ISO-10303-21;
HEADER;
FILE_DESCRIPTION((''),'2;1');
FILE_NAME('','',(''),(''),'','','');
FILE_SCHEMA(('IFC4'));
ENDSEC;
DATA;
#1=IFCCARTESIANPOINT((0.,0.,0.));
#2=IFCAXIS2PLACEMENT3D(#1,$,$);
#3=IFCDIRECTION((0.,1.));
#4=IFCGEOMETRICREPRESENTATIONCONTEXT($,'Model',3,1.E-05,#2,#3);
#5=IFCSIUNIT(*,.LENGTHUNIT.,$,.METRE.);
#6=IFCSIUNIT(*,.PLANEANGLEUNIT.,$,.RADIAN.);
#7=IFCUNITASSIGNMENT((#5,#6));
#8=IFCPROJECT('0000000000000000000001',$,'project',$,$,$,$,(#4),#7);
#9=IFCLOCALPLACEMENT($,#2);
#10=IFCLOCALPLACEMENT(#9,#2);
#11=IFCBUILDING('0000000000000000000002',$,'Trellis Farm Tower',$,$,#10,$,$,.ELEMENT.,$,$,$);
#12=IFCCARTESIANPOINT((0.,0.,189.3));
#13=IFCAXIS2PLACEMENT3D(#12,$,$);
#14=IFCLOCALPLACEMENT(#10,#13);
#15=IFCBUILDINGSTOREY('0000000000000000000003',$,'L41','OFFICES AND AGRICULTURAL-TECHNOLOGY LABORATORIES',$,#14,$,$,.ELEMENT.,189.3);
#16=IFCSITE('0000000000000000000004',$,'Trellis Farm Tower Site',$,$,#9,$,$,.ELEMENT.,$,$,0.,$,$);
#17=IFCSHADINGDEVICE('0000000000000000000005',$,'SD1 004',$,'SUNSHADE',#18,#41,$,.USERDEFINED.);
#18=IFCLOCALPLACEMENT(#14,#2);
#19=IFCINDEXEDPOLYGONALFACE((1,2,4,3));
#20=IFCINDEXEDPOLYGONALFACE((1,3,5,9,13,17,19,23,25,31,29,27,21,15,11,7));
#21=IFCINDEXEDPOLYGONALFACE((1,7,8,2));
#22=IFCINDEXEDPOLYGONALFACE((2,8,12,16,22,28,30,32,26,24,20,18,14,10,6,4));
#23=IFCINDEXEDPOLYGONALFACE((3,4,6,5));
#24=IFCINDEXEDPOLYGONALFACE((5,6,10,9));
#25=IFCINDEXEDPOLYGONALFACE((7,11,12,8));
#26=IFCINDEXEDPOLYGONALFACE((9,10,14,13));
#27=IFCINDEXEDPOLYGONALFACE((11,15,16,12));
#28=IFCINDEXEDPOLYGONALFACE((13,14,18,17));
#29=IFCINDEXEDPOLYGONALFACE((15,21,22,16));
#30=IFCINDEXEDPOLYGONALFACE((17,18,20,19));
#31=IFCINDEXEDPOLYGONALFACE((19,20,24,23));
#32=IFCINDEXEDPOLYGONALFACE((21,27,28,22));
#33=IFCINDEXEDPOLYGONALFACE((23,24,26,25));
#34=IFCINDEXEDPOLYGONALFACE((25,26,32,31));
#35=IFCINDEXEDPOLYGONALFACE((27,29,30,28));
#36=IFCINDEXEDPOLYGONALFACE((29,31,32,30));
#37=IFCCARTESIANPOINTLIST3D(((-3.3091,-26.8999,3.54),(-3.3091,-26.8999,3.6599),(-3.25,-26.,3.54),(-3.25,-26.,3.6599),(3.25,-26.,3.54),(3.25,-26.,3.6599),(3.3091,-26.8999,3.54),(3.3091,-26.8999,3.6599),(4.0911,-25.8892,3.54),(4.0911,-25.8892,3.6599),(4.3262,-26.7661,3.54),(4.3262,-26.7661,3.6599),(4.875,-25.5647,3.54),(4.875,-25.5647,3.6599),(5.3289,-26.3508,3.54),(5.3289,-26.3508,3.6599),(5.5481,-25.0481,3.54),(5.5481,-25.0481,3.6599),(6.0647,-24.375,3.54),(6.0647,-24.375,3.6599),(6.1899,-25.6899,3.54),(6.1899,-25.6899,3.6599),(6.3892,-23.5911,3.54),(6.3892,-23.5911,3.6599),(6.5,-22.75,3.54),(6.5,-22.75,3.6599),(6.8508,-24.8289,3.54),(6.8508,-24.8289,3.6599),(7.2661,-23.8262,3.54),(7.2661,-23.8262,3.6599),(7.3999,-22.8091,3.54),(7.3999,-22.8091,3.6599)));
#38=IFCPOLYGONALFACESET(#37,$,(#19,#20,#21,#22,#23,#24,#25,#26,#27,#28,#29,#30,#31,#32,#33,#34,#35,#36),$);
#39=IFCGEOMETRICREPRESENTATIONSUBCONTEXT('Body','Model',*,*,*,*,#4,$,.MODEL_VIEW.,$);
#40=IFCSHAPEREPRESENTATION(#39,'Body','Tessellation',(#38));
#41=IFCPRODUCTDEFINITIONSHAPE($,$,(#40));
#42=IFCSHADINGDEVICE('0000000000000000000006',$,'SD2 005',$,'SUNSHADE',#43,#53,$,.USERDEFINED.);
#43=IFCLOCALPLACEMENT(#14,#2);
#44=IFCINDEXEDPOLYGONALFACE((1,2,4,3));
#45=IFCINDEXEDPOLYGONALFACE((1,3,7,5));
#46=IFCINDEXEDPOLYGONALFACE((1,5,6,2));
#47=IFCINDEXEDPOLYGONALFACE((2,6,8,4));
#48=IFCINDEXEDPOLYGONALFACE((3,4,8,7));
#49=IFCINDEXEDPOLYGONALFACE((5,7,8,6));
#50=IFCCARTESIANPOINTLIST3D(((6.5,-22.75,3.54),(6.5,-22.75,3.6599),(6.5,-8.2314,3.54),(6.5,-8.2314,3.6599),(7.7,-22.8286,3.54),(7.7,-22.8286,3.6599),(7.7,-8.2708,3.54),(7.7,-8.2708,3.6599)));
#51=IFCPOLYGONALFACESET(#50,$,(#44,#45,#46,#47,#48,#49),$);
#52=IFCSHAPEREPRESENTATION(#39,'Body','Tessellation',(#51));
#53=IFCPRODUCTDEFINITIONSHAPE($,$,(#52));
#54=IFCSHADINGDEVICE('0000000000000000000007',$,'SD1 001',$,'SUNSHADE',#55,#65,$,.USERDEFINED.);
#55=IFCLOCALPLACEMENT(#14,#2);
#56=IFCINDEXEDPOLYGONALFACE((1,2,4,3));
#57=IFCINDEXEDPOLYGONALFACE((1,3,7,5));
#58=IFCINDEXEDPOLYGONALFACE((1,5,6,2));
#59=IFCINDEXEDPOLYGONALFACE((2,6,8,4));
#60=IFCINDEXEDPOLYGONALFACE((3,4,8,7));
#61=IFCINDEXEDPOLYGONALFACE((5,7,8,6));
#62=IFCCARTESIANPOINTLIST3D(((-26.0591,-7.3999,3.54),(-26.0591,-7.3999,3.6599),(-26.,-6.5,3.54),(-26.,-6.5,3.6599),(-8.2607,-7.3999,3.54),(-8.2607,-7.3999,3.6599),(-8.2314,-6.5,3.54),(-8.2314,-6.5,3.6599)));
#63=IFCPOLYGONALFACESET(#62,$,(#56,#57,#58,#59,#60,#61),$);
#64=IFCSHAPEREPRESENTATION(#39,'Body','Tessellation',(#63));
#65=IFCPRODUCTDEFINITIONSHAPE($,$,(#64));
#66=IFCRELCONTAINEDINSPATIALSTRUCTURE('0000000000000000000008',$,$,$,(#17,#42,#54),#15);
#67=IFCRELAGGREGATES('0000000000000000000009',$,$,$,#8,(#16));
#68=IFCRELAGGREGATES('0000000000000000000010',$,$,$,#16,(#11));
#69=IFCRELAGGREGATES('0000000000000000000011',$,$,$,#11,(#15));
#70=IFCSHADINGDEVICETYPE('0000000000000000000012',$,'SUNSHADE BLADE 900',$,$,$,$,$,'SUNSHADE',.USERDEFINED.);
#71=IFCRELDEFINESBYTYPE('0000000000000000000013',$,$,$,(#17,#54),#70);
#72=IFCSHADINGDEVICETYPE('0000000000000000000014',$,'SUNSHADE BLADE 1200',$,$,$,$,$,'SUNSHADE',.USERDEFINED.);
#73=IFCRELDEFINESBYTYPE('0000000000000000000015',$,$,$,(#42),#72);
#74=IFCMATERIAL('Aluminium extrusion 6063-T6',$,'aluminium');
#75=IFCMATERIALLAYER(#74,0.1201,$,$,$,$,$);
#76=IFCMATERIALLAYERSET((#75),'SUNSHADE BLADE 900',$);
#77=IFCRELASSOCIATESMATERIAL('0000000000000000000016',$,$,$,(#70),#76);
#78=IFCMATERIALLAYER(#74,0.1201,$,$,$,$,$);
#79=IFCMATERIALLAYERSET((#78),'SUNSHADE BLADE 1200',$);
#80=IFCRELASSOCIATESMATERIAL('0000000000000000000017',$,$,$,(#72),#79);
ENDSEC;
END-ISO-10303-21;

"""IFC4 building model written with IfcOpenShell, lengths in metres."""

from ifc_helpers import new_model, si_unit, direction, frame, origin, place, context, subcontext, project, spatial, polyline, outline, extrude, source, transform, mapped, material, layer, layer_set, type_object, element, save


model = new_model("IFC4")

# Units and contexts
model_context = context("Model", 3, precision=1e-05, world=origin(), true_north=direction((0.0, 1.0)))
body_context = subcontext(model_context, "Body", "Model", "MODEL_VIEW")
ifc_project = project(units=[si_unit("LENGTHUNIT", "METRE"), si_unit("PLANEANGLEUNIT", "RADIAN")], contexts=[model_context])

# Site, building, storey
site_placement = place(None, origin())
site = spatial("IfcSite", under=ifc_project, at=site_placement, Name="Trellis Farm Tower Site", CompositionType="ELEMENT", RefElevation=0.0)
building_placement = place(site_placement, origin())
building = spatial("IfcBuilding", under=site, at=building_placement, Name="Trellis Farm Tower", CompositionType="ELEMENT")
storey_placement = place(building_placement, frame((0.0, 0.0, 189.3)))
storey = spatial("IfcBuildingStorey", under=building, at=storey_placement, Name="L41", Description="OFFICES AND AGRICULTURAL-TECHNOLOGY LABORATORIES", CompositionType="ELEMENT", Elevation=189.3)

# Shared definitions
ifc_material_1 = material(Name="Aluminium extrusion 6063-T6", Category="aluminium")

# Shading devices
ifc_layer_1 = layer(ifc_material_1, 0.1201)
ifc_layer_set_1 = layer_set([ifc_layer_1], Name="SUNSHADE BLADE 900")
shading_device_type_1 = type_object("IfcShadingDeviceType", Name="SUNSHADE BLADE 900", ElementType="SUNSHADE", PredefinedType="USERDEFINED", material=ifc_layer_set_1)
placement_1 = place(storey_placement, frame((0.0, 0.0, 3.54)))
ifc_layer_2 = layer(ifc_material_1, 0.1201)
ifc_layer_set_2 = layer_set([ifc_layer_2], Name="SUNSHADE BLADE 1200")
shading_device_type_2 = type_object("IfcShadingDeviceType", Name="SUNSHADE BLADE 1200", ElementType="SUNSHADE", PredefinedType="USERDEFINED", material=ifc_layer_set_2)
shared_shape_1 = source(origin(), body_context, "Body", "SweptSolid", [
    extrude(outline(polyline([(-3.3091, -26.8999), (3.3091, -26.8999), (4.3262, -26.7661), (5.3289, -26.3508), (6.1899, -25.6899), (6.8508, -24.8289), (7.2661, -23.8262), (7.3999, -22.8091), (6.5, -22.75), (6.3892, -23.5911), (6.0647, -24.375), (5.5481, -25.0481), (4.875, -25.5647), (4.0911, -25.8892), (3.25, -26.0), (-3.25, -26.0), (-3.3091, -26.8999)])), origin(), (0.0, 0.0, 1.0), 0.1199),
])
element("IfcShadingDevice", 1, at=placement_1, inside=storey, type_object=shading_device_type_1, Name="SD1 004", ObjectType="SUNSHADE", PredefinedType="USERDEFINED", context=body_context, shape_type="MappedRepresentation", body=[
    mapped(shared_shape_1, transform((0.0, 0.0, 0.0))),
])
shared_shape_2 = source(origin(), body_context, "Body", "SweptSolid", [
    extrude(outline(polyline([(7.7, -22.8286), (7.7, -8.2708), (6.5, -8.2314), (6.5, -22.75), (7.7, -22.8286)])), origin(), (0.0, 0.0, 1.0), 0.1199),
])
element("IfcShadingDevice", 2, at=placement_1, inside=storey, type_object=shading_device_type_2, Name="SD2 005", ObjectType="SUNSHADE", PredefinedType="USERDEFINED", context=body_context, shape_type="MappedRepresentation", body=[
    mapped(shared_shape_2, transform((0.0, 0.0, 0.0))),
])
shared_shape_3 = source(origin(), body_context, "Body", "SweptSolid", [
    extrude(outline(polyline([(-26.0591, -7.3999), (-8.2607, -7.3999), (-8.2314, -6.5), (-26.0, -6.5), (-26.0591, -7.3999)])), origin(), (0.0, 0.0, 1.0), 0.1199),
])
element("IfcShadingDevice", 3, at=placement_1, inside=storey, type_object=shading_device_type_1, Name="SD1 001", ObjectType="SUNSHADE", PredefinedType="USERDEFINED", context=body_context, shape_type="MappedRepresentation", body=[
    mapped(shared_shape_3, transform((0.0, 0.0, 0.0))),
])

save(model, "model.ifc")
